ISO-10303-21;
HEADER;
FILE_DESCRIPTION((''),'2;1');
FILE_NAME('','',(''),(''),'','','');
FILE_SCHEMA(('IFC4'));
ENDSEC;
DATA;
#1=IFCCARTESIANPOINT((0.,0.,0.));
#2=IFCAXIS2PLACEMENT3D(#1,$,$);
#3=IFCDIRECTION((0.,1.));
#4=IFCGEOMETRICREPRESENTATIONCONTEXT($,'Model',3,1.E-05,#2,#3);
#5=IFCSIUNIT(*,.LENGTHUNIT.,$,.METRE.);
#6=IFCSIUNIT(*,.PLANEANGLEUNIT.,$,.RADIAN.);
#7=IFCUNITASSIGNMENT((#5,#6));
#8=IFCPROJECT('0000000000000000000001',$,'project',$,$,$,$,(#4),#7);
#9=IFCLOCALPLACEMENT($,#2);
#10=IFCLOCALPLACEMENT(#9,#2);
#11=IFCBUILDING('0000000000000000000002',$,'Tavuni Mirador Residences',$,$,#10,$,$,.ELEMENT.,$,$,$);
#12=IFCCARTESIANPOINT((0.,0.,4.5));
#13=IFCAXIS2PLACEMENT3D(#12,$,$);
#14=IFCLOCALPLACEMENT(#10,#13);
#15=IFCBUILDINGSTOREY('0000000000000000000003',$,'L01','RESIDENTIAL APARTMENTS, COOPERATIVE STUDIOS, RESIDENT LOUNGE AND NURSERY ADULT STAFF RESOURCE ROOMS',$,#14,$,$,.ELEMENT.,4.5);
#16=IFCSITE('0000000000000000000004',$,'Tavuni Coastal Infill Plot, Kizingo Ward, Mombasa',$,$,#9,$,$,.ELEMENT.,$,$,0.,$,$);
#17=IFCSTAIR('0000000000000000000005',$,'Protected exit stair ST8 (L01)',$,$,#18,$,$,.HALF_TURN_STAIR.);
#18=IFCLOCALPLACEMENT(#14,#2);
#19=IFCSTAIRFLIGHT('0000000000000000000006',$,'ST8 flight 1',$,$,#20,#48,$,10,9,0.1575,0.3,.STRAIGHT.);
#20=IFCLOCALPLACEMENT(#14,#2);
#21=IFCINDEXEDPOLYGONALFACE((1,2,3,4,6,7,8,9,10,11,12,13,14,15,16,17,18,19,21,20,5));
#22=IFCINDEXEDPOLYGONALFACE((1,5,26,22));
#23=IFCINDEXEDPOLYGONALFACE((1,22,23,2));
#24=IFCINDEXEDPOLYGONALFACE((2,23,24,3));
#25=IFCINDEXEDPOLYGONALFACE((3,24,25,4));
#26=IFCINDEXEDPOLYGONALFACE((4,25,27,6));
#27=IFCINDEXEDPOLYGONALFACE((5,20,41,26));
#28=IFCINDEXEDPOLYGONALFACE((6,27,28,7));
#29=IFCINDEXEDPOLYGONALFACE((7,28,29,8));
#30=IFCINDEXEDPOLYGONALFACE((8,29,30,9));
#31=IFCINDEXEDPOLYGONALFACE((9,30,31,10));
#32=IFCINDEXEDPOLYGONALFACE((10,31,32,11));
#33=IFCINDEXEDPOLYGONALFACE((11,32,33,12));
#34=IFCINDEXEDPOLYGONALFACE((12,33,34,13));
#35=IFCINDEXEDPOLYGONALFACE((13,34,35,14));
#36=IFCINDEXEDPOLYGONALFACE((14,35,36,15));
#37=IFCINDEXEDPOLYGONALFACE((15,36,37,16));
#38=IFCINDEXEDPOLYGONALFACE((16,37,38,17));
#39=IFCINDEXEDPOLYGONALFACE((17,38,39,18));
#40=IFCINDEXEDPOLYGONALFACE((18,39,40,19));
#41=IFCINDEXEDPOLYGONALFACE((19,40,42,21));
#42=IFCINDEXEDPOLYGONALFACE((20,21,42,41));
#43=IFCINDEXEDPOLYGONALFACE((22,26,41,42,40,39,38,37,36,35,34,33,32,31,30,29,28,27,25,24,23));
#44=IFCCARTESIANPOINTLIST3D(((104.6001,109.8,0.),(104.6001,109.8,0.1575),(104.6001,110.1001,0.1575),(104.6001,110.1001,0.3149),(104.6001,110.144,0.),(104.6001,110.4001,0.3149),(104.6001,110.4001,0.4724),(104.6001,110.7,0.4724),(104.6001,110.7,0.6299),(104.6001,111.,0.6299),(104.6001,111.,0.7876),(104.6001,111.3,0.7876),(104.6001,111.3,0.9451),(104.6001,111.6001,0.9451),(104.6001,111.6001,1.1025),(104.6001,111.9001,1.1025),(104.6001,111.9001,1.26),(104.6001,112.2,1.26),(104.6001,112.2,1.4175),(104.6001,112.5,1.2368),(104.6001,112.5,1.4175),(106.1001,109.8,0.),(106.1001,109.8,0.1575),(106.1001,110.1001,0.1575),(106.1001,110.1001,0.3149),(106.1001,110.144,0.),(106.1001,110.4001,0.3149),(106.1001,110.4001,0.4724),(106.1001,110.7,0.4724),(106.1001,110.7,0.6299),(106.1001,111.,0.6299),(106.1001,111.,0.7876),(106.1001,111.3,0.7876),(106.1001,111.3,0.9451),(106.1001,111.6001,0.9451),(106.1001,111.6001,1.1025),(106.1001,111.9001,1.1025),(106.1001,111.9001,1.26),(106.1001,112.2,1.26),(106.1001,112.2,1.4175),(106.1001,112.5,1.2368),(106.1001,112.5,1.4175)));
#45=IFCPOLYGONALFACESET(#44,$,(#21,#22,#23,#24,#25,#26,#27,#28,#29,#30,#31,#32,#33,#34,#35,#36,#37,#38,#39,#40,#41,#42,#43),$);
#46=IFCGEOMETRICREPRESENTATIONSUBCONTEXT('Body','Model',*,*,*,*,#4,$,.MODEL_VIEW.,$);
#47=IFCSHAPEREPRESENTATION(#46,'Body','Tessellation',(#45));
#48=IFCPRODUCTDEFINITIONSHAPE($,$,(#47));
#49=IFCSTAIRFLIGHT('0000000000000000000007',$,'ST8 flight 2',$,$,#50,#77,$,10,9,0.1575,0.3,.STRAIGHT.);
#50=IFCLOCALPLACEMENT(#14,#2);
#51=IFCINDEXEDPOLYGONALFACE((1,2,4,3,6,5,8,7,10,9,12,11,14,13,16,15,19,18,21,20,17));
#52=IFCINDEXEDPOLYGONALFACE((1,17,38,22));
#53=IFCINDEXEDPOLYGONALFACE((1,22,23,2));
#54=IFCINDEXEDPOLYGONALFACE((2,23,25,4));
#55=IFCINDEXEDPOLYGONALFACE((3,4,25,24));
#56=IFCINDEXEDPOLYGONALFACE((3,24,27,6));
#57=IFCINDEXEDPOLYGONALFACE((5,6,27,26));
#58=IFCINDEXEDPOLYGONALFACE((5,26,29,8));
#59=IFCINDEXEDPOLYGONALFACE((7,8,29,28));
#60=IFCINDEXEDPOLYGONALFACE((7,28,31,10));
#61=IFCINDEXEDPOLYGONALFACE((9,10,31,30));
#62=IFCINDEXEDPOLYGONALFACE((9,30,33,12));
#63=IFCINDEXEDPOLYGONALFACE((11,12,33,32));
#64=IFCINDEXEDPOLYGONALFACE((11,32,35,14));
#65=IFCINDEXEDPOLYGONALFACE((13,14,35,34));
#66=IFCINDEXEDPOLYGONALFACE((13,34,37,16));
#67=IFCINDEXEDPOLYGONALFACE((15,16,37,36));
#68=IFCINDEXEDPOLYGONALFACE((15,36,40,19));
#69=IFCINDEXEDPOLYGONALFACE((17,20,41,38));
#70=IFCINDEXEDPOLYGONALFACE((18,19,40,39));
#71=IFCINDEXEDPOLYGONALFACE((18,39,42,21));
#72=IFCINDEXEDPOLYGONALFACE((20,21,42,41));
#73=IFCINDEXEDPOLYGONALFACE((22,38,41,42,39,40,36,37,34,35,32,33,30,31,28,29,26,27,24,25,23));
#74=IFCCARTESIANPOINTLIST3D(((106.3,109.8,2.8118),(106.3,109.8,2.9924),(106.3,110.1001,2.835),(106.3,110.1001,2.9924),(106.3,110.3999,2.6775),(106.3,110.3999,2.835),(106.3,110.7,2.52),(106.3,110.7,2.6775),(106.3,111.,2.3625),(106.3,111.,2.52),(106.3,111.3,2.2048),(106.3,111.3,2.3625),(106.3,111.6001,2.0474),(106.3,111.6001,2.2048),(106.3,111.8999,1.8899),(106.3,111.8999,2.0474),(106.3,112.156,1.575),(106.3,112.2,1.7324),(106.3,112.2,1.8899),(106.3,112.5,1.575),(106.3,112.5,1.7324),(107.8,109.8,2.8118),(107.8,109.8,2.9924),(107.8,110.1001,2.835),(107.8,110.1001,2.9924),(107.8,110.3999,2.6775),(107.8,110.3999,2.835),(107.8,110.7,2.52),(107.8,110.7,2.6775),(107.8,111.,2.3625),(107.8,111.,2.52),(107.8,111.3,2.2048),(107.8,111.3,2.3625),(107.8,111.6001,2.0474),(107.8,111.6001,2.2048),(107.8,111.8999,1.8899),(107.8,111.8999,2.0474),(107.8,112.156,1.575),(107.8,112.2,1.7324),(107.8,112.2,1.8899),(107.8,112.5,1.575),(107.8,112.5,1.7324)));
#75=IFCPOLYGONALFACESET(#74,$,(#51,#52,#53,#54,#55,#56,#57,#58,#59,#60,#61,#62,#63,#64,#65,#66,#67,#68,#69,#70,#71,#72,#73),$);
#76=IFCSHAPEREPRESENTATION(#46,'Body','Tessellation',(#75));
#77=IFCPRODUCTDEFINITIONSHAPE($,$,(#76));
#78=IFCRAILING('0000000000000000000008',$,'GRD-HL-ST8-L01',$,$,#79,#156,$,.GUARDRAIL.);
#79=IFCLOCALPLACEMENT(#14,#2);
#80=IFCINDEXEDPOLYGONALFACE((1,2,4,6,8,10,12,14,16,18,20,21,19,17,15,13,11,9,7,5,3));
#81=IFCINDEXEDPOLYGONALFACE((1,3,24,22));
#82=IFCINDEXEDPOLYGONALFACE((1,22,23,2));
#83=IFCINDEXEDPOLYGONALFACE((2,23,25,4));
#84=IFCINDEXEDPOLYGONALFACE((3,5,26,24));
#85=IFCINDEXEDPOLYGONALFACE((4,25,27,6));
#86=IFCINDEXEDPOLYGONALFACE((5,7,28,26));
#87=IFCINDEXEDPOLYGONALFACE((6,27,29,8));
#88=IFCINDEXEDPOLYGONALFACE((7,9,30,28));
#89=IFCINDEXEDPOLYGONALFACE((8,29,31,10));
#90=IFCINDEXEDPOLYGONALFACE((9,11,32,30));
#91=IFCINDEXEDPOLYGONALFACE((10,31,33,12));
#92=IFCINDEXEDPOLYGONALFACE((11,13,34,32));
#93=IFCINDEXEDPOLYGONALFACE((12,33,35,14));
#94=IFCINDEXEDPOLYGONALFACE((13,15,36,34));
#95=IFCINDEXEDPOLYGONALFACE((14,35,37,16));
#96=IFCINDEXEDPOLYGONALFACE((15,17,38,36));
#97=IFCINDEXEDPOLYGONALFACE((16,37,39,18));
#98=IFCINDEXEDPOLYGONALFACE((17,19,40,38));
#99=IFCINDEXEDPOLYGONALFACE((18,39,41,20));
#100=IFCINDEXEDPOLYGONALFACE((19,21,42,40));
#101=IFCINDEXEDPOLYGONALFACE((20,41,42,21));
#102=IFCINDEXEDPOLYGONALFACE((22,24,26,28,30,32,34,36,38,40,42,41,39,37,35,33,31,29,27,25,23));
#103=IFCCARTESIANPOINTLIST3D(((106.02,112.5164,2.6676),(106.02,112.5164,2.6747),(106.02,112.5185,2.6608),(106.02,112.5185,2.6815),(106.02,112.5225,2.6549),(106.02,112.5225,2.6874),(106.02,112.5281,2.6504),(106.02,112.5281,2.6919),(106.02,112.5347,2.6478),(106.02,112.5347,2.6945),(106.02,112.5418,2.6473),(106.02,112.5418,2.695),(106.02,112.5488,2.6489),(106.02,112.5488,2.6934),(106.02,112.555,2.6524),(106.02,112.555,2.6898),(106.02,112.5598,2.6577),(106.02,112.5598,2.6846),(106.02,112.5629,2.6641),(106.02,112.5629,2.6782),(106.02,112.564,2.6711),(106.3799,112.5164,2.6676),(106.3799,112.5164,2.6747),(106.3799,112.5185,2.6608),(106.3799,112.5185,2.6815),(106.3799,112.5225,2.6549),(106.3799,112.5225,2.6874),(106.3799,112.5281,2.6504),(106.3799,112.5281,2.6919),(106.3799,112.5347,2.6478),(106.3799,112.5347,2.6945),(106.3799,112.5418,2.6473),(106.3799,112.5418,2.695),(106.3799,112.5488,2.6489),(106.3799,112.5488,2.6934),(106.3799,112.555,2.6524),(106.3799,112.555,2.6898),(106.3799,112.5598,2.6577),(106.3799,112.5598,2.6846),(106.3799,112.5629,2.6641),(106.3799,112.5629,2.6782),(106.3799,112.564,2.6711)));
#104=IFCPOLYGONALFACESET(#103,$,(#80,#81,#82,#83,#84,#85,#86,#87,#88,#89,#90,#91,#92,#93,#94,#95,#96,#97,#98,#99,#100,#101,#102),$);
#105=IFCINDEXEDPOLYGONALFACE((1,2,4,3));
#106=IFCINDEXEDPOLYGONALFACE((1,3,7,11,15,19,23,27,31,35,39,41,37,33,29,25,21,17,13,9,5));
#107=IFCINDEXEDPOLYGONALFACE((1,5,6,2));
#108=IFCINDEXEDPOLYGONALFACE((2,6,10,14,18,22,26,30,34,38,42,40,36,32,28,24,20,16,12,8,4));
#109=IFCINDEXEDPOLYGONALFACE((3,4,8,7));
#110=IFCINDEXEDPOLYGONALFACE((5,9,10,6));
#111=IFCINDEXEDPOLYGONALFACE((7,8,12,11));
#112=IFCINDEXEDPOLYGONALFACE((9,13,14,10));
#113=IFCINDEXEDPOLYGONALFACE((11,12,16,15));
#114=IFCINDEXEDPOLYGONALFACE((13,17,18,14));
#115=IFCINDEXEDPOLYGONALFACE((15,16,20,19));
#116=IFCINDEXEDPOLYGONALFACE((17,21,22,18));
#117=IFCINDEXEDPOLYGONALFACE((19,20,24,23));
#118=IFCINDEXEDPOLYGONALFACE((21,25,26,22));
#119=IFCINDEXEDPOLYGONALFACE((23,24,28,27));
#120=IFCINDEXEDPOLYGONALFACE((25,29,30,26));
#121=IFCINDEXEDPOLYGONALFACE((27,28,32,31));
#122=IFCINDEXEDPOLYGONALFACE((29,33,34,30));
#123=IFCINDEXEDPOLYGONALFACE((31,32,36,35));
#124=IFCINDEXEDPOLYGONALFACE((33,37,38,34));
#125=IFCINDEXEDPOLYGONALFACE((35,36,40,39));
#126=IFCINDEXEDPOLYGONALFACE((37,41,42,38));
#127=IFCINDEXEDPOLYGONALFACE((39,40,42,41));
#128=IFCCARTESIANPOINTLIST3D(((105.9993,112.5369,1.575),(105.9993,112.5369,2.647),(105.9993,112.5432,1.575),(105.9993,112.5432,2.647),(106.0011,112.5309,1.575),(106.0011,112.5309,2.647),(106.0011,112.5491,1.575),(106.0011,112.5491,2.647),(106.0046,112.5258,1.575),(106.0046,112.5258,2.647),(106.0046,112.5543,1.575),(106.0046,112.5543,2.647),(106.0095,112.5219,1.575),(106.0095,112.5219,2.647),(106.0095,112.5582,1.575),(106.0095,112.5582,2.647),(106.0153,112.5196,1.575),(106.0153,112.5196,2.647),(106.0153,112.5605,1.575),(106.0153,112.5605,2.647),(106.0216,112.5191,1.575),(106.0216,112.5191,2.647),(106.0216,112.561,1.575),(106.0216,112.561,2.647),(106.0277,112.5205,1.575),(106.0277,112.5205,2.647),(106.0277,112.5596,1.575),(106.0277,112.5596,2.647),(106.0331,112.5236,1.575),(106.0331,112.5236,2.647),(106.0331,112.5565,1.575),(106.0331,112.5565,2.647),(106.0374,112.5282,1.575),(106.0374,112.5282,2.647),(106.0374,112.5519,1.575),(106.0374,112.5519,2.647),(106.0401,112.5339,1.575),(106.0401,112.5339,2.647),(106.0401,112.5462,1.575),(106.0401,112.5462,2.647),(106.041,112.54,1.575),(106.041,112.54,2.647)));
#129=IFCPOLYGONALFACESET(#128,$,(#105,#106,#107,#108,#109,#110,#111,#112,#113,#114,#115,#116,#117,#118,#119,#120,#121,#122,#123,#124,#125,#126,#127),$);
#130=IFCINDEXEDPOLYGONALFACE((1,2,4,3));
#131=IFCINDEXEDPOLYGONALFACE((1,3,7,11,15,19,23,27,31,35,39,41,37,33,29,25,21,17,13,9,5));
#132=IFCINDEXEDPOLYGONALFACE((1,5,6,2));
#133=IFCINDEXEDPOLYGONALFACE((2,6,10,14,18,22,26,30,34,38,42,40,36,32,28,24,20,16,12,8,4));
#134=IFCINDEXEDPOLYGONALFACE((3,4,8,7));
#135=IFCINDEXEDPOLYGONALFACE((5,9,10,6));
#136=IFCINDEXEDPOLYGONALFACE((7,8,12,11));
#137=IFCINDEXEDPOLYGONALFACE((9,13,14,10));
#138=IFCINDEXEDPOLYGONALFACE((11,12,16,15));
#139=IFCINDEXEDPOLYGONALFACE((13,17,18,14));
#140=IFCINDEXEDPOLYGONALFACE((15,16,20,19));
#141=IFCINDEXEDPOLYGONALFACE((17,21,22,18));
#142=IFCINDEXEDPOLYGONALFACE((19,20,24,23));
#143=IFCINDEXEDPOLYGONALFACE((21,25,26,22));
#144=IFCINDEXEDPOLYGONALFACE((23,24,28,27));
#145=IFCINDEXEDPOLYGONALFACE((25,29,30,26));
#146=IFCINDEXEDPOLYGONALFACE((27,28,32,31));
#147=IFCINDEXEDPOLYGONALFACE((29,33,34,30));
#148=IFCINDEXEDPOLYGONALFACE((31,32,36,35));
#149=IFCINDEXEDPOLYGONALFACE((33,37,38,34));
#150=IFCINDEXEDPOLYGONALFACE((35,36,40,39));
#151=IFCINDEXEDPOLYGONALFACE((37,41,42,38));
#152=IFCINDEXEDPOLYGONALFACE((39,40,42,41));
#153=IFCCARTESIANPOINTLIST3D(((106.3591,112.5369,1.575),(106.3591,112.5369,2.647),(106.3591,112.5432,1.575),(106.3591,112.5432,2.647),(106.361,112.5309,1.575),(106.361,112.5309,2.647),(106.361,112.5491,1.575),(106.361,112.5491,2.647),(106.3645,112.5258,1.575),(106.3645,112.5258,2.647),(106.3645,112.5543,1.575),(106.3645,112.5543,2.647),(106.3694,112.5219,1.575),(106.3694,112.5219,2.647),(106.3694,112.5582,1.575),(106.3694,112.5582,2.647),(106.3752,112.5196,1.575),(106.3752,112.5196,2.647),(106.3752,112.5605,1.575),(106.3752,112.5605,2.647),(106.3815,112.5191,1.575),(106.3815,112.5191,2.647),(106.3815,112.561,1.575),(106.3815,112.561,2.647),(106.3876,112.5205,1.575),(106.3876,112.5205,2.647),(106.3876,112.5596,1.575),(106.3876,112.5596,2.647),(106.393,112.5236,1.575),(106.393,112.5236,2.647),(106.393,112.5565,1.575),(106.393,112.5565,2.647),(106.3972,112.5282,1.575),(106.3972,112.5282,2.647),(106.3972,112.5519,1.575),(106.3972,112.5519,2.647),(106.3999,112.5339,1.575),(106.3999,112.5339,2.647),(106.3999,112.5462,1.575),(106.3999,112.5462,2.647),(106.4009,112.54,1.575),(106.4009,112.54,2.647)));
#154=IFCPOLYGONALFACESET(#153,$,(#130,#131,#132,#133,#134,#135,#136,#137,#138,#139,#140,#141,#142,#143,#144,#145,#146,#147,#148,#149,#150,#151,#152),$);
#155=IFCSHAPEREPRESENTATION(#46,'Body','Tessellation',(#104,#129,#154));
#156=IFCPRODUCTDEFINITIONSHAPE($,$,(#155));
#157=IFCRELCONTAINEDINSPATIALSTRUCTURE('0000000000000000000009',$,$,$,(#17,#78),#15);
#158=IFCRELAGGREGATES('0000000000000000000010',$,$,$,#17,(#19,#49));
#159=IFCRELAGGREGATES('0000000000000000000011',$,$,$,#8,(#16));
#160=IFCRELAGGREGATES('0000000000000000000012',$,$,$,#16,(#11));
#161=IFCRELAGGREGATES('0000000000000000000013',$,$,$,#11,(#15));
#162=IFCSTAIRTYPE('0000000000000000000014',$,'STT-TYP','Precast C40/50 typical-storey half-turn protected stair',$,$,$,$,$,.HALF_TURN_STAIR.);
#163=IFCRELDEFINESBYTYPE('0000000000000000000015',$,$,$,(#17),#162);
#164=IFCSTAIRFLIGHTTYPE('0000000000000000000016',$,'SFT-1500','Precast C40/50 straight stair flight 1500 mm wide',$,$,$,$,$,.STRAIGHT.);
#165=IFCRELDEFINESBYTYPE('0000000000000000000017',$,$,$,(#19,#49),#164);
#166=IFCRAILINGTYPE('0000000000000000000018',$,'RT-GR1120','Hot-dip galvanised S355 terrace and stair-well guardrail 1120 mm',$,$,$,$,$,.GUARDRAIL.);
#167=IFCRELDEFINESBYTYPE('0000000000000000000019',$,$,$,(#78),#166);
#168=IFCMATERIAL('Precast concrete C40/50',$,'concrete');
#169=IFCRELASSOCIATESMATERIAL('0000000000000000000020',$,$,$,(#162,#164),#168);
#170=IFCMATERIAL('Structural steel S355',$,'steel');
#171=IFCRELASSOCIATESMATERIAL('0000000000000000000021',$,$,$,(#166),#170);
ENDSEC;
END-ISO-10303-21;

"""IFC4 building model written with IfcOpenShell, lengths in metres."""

from ifc_helpers import new_model, si_unit, direction, frame, origin, origin_2d, place, context, subcontext, project, spatial, polyline, circle, outline, extrude, material, type_object, element, aggregate, save


model = new_model("IFC4")

# Units and contexts
model_context = context("Model", 3, precision=1e-05, world=origin(), true_north=direction((0.0, 1.0)))
body_context = subcontext(model_context, "Body", "Model", "MODEL_VIEW")
ifc_project = project(units=[si_unit("LENGTHUNIT", "METRE"), si_unit("PLANEANGLEUNIT", "RADIAN")], contexts=[model_context])

# Site, building, storey
site_placement = place(None, origin())
site = spatial("IfcSite", under=ifc_project, at=site_placement, Name="Tavuni Coastal Infill Plot, Kizingo Ward, Mombasa", CompositionType="ELEMENT", RefElevation=0.0)
building_placement = place(site_placement, origin())
building = spatial("IfcBuilding", under=site, at=building_placement, Name="Tavuni Mirador Residences", CompositionType="ELEMENT")
storey_placement = place(building_placement, frame((0.0, 0.0, 4.5)))
storey = spatial("IfcBuildingStorey", under=building, at=storey_placement, Name="L01", Description="RESIDENTIAL APARTMENTS, COOPERATIVE STUDIOS, RESIDENT LOUNGE AND NURSERY ADULT STAFF RESOURCE ROOMS", CompositionType="ELEMENT", Elevation=4.5)

# Shared definitions
ifc_material_1 = material(Name="Precast concrete C40/50", Category="concrete")

# Shared definitions
ifc_material_2 = material(Name="Structural steel S355", Category="steel")

# Stair, stair flights
stair_type = type_object("IfcStairType", Name="STT-TYP", Description="Precast C40/50 typical-storey half-turn protected stair", PredefinedType="HALF_TURN_STAIR", material=ifc_material_1)
stair_placement = place(storey_placement, origin())
stair = element("IfcStair", 1, at=stair_placement, inside=storey, type_object=stair_type, Name="Protected exit stair ST8 (L01)", PredefinedType="HALF_TURN_STAIR")
stair_flight_type = type_object("IfcStairFlightType", Name="SFT-1500", Description="Precast C40/50 straight stair flight 1500 mm wide", PredefinedType="STRAIGHT", material=ifc_material_1)
stair_flight_1_placement = place(storey_placement, frame((105.3501, 109.8, 0.0), z_axis=(0.0, 0.0, 1.0), x_axis=(0.0, 1.0, 0.0)))
stair_flight_1 = element("IfcStairFlight", 2, at=stair_flight_1_placement, type_object=stair_flight_type, Name="ST8 flight 1", NumberOfRisers=10, NumberOfTreads=9, PredefinedType="STRAIGHT", RiserHeight=0.1575, TreadLength=0.3, context=body_context, shape_type="SweptSolid", body=[
    extrude(outline(polyline([(0.0, 0.0), (0.0, 0.1575), (0.3, 0.1575), (0.3, 0.3149), (0.6001, 0.3149), (0.6001, 0.4724), (0.8999, 0.4724), (0.8999, 0.6299), (1.2, 0.6299), (1.2, 0.7876), (1.5, 0.7876), (1.5, 0.9451), (1.8, 0.9451), (1.8, 1.1025), (2.1001, 1.1025), (2.1001, 1.26), (2.3999, 1.26), (2.3999, 1.4175), (2.7, 1.4175), (2.7, 1.575), (2.7, 1.2368), (0.344, 0.0), (0.0, 0.0)])), frame((0.0, 0.75, 0.0), z_axis=(0.0, -1.0, 0.0), x_axis=(1.0, 0.0, 0.0)), (0.0, 0.0, 1.0), 1.5),
])
stair_flight_2_placement = place(storey_placement, frame((107.05, 112.5, 1.575), z_axis=(0.0, 0.0, 1.0), x_axis=(0.0, -1.0, 0.0)))
stair_flight_2 = element("IfcStairFlight", 3, at=stair_flight_2_placement, type_object=stair_flight_type, Name="ST8 flight 2", NumberOfRisers=10, NumberOfTreads=9, PredefinedType="STRAIGHT", RiserHeight=0.1575, TreadLength=0.3, context=body_context, shape_type="SweptSolid", body=[
    extrude(outline(polyline([(0.0, 0.0), (0.0, 0.1575), (0.3, 0.1575), (0.3, 0.3149), (0.6001, 0.3149), (0.6001, 0.4724), (0.8999, 0.4724), (0.8999, 0.6299), (1.2, 0.6299), (1.2, 0.7876), (1.5, 0.7876), (1.5, 0.9451), (1.8, 0.9451), (1.8, 1.1025), (2.1001, 1.1025), (2.1001, 1.26), (2.3999, 1.26), (2.3999, 1.4175), (2.7, 1.4175), (2.7, 1.575), (2.7, 1.2368), (0.344, 0.0), (0.0, 0.0)])), frame((0.0, 0.75, 0.0), z_axis=(0.0, -1.0, 0.0), x_axis=(1.0, 0.0, 0.0)), (0.0, 0.0, 1.0), 1.5),
])
aggregate(stair, [stair_flight_1, stair_flight_2])

# Railing
railing_type_1 = type_object("IfcRailingType", Name="RT-GR1120", Description="Hot-dip galvanised S355 terrace and stair-well guardrail 1120 mm", PredefinedType="GUARDRAIL", material=ifc_material_2)
railing_1_placement = place(storey_placement, frame((106.02, 112.54, 1.575)))
element("IfcRailing", 4, at=railing_1_placement, inside=storey, type_object=railing_type_1, Name="GRD-HL-ST8-L01", PredefinedType="GUARDRAIL", context=body_context, shape_type="SweptSolid", body=[
    extrude(circle(Radius=0.0239, at=origin_2d()), frame((0.0, 0.0, 1.0962), z_axis=(1.0, 0.0, 0.0), x_axis=(0.0, 1.0, 0.0)), (0.0, 0.0, 1.0), 0.3599),
    extrude(circle(Radius=0.021, at=origin_2d()), origin(), (0.0, 0.0, 1.0), 1.072),
    extrude(circle(Radius=0.021, at=origin_2d()), frame((0.3599, 0.0, 0.0)), (0.0, 0.0, 1.0), 1.072),
])

save(model, "model.ifc")
